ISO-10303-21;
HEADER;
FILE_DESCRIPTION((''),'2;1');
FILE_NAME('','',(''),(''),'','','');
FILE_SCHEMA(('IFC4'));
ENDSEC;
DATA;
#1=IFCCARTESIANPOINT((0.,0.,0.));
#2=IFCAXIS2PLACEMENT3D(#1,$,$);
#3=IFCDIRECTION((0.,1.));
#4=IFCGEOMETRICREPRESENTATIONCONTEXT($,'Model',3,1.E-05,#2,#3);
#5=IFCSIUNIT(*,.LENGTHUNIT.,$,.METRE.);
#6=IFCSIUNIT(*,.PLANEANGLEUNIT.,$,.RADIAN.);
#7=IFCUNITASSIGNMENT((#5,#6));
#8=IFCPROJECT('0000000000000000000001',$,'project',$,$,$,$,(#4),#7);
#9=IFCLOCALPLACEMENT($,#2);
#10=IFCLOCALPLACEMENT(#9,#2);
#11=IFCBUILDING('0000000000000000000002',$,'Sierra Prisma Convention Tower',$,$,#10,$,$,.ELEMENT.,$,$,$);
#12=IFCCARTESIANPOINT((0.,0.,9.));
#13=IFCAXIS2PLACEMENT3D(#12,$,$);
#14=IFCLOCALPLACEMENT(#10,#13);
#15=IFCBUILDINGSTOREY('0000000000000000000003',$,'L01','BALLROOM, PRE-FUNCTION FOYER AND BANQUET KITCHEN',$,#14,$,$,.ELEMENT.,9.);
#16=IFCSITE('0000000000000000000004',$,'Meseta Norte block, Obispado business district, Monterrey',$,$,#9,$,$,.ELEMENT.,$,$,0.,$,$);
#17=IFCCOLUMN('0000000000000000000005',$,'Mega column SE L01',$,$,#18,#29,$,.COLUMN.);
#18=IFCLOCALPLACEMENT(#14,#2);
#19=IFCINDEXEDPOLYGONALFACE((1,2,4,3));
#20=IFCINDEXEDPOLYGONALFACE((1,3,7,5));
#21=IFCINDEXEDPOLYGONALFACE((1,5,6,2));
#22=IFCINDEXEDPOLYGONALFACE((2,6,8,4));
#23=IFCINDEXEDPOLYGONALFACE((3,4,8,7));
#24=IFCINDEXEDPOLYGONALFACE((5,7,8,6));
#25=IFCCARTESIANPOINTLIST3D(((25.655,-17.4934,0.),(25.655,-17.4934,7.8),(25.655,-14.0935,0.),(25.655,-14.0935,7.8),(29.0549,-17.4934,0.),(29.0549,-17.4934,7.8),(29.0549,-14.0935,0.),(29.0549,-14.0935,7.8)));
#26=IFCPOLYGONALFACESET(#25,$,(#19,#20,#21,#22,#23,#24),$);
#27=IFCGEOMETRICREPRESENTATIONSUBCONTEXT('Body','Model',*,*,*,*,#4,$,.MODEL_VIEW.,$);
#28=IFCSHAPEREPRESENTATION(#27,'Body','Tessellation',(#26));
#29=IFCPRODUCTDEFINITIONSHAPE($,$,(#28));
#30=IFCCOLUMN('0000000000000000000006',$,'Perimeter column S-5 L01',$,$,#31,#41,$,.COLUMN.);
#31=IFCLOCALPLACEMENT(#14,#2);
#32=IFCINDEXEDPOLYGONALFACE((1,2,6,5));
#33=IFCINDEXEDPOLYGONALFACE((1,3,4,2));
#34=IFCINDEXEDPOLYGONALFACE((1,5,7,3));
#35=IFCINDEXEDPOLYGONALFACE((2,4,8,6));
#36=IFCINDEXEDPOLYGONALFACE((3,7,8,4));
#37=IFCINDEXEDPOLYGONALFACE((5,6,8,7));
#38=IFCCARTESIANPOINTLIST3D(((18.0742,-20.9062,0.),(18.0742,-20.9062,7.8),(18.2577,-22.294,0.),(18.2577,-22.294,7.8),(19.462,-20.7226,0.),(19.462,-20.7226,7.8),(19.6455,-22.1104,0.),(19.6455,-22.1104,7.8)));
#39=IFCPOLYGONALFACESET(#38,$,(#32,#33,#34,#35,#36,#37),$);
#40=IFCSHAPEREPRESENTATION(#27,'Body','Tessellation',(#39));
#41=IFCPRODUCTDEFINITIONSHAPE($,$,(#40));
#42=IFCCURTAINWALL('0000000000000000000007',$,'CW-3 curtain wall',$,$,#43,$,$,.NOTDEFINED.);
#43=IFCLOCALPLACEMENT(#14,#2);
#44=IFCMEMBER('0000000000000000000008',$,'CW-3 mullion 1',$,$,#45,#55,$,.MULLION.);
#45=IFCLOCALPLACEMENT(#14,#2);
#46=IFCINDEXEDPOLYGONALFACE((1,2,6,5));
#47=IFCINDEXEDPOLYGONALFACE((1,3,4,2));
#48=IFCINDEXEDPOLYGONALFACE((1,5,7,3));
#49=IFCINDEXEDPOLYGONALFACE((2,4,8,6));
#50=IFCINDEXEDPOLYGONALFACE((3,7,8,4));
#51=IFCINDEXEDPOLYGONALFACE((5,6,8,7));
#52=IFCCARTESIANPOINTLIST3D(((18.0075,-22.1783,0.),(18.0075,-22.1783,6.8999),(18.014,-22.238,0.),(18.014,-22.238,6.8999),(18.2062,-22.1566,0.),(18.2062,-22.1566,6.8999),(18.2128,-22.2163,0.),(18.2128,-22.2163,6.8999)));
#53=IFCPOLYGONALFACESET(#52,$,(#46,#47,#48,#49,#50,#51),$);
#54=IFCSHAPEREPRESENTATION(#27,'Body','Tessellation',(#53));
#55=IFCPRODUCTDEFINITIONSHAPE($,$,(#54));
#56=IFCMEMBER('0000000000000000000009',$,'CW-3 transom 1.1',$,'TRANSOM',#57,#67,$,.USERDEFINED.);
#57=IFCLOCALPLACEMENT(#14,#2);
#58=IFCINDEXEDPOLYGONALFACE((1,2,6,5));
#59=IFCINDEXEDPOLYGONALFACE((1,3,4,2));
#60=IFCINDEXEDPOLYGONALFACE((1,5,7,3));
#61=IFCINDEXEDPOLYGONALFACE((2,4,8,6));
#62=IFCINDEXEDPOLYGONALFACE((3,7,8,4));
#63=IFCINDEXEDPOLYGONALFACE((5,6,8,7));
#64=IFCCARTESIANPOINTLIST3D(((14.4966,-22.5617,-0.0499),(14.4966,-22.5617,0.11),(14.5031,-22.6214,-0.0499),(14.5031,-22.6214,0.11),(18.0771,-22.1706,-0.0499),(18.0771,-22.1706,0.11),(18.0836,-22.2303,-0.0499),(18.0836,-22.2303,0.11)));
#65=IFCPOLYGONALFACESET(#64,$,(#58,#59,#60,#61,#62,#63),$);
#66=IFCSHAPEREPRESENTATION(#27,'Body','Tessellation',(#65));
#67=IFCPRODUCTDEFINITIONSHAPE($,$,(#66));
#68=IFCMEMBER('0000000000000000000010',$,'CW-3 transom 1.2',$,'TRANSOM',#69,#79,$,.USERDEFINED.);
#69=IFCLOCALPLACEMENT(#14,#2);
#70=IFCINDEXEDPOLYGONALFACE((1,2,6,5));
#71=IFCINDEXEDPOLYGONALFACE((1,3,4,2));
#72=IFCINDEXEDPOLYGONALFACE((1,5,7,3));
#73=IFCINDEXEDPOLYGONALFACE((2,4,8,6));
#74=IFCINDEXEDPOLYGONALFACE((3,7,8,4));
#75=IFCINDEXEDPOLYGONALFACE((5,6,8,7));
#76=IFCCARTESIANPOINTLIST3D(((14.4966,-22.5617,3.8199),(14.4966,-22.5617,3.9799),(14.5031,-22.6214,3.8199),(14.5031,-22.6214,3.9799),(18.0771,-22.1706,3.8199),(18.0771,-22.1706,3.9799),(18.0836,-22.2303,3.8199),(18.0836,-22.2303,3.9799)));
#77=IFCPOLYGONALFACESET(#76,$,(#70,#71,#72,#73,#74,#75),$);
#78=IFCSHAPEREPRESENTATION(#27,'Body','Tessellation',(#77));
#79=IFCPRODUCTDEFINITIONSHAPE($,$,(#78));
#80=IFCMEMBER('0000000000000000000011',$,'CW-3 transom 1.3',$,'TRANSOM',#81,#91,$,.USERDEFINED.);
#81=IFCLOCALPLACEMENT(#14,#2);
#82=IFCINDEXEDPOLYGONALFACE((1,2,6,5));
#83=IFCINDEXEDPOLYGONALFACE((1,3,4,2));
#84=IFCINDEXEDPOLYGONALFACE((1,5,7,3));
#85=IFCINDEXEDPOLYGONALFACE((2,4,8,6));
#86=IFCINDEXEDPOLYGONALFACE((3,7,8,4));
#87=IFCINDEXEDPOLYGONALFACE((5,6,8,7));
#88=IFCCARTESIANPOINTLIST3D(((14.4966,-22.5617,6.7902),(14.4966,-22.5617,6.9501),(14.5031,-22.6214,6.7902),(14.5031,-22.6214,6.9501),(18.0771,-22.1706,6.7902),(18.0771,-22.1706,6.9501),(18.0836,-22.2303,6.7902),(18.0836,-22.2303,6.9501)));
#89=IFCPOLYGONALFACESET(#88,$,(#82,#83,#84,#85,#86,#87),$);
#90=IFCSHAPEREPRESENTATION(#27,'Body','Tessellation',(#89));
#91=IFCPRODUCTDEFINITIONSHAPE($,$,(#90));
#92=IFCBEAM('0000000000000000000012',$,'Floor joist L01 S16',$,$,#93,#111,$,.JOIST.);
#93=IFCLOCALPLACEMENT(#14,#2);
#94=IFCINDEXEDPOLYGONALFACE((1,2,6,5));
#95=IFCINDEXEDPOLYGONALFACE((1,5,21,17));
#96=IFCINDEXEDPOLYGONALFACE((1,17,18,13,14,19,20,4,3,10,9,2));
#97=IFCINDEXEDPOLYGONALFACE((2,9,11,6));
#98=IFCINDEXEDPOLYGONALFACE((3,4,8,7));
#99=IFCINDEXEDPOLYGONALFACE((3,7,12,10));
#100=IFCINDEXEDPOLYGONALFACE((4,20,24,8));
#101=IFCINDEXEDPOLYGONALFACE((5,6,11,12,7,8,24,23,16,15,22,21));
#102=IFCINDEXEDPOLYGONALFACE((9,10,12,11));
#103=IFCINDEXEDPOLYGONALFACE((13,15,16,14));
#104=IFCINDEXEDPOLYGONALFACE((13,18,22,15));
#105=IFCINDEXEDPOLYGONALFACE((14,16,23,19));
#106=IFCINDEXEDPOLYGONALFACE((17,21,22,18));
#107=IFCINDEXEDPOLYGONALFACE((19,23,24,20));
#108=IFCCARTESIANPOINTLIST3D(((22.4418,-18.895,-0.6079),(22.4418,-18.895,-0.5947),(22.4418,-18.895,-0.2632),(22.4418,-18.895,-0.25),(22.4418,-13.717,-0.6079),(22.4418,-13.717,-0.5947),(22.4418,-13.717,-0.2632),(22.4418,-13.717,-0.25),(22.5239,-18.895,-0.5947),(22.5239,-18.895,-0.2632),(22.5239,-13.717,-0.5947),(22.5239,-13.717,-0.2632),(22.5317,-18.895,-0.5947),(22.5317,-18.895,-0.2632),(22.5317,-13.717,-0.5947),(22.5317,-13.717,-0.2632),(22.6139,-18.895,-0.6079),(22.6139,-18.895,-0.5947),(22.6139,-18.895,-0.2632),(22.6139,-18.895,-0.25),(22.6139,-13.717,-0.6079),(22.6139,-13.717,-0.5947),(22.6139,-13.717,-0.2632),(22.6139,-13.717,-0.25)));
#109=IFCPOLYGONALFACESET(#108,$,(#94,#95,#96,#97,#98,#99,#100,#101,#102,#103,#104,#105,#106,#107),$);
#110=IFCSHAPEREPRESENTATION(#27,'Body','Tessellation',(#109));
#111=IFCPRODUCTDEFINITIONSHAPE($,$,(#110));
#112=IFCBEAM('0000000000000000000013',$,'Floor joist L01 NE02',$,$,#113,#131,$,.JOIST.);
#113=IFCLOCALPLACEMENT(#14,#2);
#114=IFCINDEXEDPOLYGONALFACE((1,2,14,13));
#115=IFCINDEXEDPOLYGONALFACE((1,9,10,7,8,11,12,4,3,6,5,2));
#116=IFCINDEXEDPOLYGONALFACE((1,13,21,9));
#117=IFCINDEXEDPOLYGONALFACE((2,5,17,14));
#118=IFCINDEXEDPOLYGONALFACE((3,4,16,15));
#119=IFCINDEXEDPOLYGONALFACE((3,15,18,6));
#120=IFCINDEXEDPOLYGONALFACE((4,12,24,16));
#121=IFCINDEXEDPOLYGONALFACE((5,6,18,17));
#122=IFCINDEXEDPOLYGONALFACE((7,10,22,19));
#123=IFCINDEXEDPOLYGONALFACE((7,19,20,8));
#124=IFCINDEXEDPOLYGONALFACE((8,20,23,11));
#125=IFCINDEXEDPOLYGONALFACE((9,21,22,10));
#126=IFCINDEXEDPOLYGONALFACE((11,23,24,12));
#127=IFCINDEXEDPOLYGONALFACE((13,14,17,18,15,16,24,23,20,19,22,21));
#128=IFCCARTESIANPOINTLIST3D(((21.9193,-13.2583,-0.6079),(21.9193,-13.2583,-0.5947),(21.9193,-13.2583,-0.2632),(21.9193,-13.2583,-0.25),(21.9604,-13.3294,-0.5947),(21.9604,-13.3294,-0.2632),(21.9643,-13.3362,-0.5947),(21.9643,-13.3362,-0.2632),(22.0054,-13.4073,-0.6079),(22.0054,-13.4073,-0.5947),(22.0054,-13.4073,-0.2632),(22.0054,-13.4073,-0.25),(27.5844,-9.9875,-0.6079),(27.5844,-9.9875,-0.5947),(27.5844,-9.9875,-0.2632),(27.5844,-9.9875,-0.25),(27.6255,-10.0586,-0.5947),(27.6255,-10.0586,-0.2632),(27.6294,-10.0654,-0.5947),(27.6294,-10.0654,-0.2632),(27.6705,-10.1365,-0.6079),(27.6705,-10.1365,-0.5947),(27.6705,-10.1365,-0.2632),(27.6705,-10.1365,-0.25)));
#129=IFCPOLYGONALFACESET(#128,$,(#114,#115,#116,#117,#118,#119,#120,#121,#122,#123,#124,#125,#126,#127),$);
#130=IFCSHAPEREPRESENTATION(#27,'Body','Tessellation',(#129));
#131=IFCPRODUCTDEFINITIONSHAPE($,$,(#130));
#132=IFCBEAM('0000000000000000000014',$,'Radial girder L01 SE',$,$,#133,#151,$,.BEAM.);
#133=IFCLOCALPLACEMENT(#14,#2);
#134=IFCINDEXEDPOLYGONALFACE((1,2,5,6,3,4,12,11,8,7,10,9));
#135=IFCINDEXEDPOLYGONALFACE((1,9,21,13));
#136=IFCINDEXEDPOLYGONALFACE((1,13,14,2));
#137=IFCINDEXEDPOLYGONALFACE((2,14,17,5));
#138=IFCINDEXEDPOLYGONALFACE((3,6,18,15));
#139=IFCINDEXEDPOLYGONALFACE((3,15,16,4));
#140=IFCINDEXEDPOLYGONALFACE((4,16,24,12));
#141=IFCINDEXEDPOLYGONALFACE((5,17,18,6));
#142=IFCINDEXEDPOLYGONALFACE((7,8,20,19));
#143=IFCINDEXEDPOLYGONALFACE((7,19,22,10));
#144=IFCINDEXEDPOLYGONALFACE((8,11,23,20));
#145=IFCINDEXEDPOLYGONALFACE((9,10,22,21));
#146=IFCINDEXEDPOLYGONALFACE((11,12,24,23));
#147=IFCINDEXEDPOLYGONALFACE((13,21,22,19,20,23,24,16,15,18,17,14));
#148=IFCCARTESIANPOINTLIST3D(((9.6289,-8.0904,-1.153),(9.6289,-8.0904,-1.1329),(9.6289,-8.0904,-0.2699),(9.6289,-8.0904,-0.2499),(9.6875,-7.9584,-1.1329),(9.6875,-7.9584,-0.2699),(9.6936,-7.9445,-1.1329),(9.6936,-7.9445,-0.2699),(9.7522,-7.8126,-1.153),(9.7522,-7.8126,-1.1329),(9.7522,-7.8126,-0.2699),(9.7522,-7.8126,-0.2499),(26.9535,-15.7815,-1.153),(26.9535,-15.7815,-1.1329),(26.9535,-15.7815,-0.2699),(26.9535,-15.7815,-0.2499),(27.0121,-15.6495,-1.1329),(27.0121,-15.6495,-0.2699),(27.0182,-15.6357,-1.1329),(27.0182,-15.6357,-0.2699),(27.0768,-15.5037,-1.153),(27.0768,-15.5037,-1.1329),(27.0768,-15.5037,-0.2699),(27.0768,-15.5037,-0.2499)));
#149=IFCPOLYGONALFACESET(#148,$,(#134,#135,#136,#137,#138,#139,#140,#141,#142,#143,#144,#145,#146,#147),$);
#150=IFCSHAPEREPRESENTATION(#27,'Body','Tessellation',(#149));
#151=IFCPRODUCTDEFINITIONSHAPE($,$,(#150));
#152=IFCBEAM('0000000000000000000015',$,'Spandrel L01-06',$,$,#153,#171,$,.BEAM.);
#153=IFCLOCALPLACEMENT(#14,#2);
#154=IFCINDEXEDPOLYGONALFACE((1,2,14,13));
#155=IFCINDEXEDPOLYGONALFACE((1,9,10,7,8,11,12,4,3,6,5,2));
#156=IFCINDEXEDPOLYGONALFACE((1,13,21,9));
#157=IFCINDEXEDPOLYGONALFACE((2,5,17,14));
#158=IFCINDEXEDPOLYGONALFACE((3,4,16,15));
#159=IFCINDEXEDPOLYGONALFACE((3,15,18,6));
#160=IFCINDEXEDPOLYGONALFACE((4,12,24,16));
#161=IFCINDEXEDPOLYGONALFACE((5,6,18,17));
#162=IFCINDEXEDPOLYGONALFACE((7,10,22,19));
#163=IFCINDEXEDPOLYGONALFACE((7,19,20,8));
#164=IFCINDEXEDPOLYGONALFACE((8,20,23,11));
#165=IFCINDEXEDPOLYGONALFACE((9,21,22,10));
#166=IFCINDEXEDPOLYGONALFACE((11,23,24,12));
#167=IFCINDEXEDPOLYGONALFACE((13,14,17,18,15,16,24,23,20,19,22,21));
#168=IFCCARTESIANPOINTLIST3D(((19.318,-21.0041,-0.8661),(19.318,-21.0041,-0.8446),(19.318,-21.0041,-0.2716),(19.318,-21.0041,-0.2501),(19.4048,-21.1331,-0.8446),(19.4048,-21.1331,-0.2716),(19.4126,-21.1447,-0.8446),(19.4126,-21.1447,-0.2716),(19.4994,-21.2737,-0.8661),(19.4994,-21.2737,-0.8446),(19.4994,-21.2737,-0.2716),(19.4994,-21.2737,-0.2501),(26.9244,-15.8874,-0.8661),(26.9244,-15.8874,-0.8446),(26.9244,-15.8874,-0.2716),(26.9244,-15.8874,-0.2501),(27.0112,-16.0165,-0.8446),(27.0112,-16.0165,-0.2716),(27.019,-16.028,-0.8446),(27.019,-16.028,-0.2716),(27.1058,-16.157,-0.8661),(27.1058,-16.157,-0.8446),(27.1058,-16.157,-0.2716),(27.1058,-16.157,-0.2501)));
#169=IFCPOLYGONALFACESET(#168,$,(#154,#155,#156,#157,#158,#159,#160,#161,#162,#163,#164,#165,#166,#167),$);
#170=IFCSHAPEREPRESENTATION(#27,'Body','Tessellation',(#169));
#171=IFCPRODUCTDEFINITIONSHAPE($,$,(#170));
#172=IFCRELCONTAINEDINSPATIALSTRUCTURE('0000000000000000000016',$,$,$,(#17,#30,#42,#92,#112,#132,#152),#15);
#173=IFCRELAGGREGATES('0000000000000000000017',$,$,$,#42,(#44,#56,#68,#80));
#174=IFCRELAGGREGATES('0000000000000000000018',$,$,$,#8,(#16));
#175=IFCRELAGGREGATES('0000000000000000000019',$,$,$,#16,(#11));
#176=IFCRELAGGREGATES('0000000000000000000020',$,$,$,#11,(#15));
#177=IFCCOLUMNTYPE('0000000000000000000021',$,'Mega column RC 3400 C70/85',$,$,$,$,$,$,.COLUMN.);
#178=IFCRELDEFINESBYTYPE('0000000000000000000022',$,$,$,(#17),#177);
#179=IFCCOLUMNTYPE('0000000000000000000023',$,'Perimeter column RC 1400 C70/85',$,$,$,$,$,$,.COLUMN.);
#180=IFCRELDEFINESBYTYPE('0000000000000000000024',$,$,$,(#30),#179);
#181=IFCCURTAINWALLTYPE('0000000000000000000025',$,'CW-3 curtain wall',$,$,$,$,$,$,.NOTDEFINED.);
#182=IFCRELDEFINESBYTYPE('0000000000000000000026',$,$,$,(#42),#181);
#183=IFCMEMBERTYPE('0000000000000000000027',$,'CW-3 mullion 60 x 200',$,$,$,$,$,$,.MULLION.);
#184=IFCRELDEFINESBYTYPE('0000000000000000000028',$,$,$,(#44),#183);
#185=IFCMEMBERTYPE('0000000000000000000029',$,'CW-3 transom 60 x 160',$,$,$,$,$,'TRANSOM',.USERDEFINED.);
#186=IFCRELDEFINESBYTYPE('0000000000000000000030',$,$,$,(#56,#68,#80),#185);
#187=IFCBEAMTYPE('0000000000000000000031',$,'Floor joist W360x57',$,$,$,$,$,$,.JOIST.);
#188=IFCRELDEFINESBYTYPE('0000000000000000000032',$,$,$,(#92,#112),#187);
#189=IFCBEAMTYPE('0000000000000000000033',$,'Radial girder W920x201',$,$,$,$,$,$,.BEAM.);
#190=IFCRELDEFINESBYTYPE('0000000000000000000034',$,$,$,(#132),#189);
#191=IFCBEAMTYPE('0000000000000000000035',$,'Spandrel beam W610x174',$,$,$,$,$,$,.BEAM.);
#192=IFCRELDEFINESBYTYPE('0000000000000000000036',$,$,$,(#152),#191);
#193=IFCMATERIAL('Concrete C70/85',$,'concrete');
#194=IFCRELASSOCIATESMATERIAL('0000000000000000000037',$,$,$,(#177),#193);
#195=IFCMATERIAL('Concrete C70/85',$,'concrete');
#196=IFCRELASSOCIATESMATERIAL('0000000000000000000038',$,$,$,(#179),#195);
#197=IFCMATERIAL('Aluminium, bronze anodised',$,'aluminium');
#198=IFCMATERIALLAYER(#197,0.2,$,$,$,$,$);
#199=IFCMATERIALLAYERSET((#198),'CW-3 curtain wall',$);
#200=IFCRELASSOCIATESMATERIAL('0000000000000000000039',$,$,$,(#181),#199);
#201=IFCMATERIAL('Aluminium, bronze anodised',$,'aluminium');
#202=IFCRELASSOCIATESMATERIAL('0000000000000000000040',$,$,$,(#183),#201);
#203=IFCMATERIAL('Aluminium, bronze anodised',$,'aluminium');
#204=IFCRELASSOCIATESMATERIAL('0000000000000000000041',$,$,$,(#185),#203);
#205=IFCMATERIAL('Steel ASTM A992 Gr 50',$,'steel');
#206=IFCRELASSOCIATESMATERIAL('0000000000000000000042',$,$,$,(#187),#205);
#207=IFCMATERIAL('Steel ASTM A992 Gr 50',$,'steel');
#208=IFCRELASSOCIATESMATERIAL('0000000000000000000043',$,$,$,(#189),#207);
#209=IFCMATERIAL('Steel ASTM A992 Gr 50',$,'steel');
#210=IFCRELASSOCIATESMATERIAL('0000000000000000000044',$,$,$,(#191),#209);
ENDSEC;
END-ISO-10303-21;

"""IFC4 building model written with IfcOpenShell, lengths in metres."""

from ifc_helpers import new_model, si_unit, direction, frame, origin, origin_2d, place, context, subcontext, project, spatial, rectangle, i_section, extrude, material, layer, layer_set, material_profile, profile_set, type_object, element, aggregate, save


model = new_model("IFC4")

# Units and contexts
model_context = context("Model", 3, precision=1e-05, world=origin(), true_north=direction((0.0, 1.0)))
body_context = subcontext(model_context, "Body", "Model", "MODEL_VIEW")
ifc_project = project(units=[si_unit("LENGTHUNIT", "METRE"), si_unit("PLANEANGLEUNIT", "RADIAN")], contexts=[model_context])

# Site, building, storey
site_placement = place(None, origin())
site = spatial("IfcSite", under=ifc_project, at=site_placement, Name="Meseta Norte block, Obispado business district, Monterrey", CompositionType="ELEMENT", RefElevation=0.0)
building_placement = place(site_placement, origin())
building = spatial("IfcBuilding", under=site, at=building_placement, Name="Sierra Prisma Convention Tower", CompositionType="ELEMENT")
storey_placement = place(building_placement, frame((0.0, 0.0, 9.0)))
storey = spatial("IfcBuildingStorey", under=building, at=storey_placement, Name="L01", Description="BALLROOM, PRE-FUNCTION FOYER AND BANQUET KITCHEN", CompositionType="ELEMENT", Elevation=9.0)

# Columns
ifc_material_1 = material(Name="Concrete C70/85", Category="concrete")
ifc_material_profile_1 = material_profile(ifc_material_1, rectangle(XDim=3.3999, YDim=3.3999, at=origin_2d()), Name="Mega column RC 3400 C70/85")
ifc_profile_set_1 = profile_set([ifc_material_profile_1], Name="Concrete C70/85")
column_type_1 = type_object("IfcColumnType", Name="Mega column RC 3400 C70/85", PredefinedType="COLUMN", material=ifc_profile_set_1)
column_1_placement = place(storey_placement, frame((27.355, -15.7935, 0.0), z_axis=(0.0, 0.0, 1.0), x_axis=(1.0, 0.0, 0.0)))
element("IfcColumn", 1, at=column_1_placement, inside=storey, type_object=column_type_1, Name="Mega column SE L01", PredefinedType="COLUMN", context=body_context, shape_type="SweptSolid", body=[
    extrude(rectangle(XDim=3.3999, YDim=3.3999, at=origin_2d()), origin(), (0.0, 0.0, 1.0), 7.8),
])
ifc_material_2 = material(Name="Concrete C70/85", Category="concrete")
ifc_material_profile_2 = material_profile(ifc_material_2, rectangle(XDim=1.3999, YDim=1.3999, at=origin_2d()), Name="Perimeter column RC 1400 C70/85")
ifc_profile_set_2 = profile_set([ifc_material_profile_2], Name="Concrete C70/85")
column_type_2 = type_object("IfcColumnType", Name="Perimeter column RC 1400 C70/85", PredefinedType="COLUMN", material=ifc_profile_set_2)
column_2_placement = place(storey_placement, frame((18.8599, -21.5083, 0.0), z_axis=(0.0, 0.0, 1.0), x_axis=(0.991367, 0.131115, 0.0)))
element("IfcColumn", 2, at=column_2_placement, inside=storey, type_object=column_type_2, Name="Perimeter column S-5 L01", PredefinedType="COLUMN", context=body_context, shape_type="SweptSolid", body=[
    extrude(rectangle(XDim=1.3999, YDim=1.3999, at=origin_2d()), origin(), (0.0, 0.0, 1.0), 7.8),
])

# Curtain wall, members
ifc_material_3 = material(Name="Aluminium, bronze anodised", Category="aluminium")
ifc_layer_1 = layer(ifc_material_3, 0.2)
ifc_layer_set_1 = layer_set([ifc_layer_1], Name="CW-3 curtain wall")
curtain_wall_type = type_object("IfcCurtainWallType", Name="CW-3 curtain wall", PredefinedType="NOTDEFINED", material=ifc_layer_set_1)
curtain_wall_placement = place(storey_placement, origin())
curtain_wall = element("IfcCurtainWall", 3, at=curtain_wall_placement, inside=storey, type_object=curtain_wall_type, Name="CW-3 curtain wall", PredefinedType="NOTDEFINED")
ifc_material_4 = material(Name="Aluminium, bronze anodised", Category="aluminium")
ifc_material_profile_3 = material_profile(ifc_material_4, rectangle(XDim=0.0601, YDim=0.2, at=origin_2d()), Name="CW-3 mullion 60 x 200")
ifc_profile_set_3 = profile_set([ifc_material_profile_3], Name="Aluminium, bronze anodised")
member_type_1 = type_object("IfcMemberType", Name="CW-3 mullion 60 x 200", PredefinedType="MULLION", material=ifc_profile_set_3)
member_1_placement = place(storey_placement, frame((18.1101, -22.1973, 0.0), z_axis=(0.0, 0.0, 1.0), x_axis=(0.108607, -0.994085, 0.0)))
member_1 = element("IfcMember", 4, at=member_1_placement, type_object=member_type_1, Name="CW-3 mullion 1", PredefinedType="MULLION", context=body_context, shape_type="SweptSolid", body=[
    extrude(rectangle(XDim=0.0601, YDim=0.2, at=origin_2d()), origin(), (0.0, 0.0, 1.0), 6.8999),
])
ifc_material_5 = material(Name="Aluminium, bronze anodised", Category="aluminium")
ifc_material_profile_4 = material_profile(ifc_material_5, rectangle(XDim=0.0601, YDim=0.1599, at=origin_2d()), Name="CW-3 transom 60 x 160")
ifc_profile_set_4 = profile_set([ifc_material_profile_4], Name="Aluminium, bronze anodised")
member_type_2 = type_object("IfcMemberType", Name="CW-3 transom 60 x 160", ElementType="TRANSOM", PredefinedType="USERDEFINED", material=ifc_profile_set_4)
member_2_placement = place(storey_placement, frame((18.0803, -22.2004, 0.03), z_axis=(-0.994087, -0.108586, 0.0), x_axis=(0.108586, -0.994087, 0.0)))
member_2 = element("IfcMember", 5, at=member_2_placement, type_object=member_type_2, Name="CW-3 transom 1.1", ObjectType="TRANSOM", PredefinedType="USERDEFINED", context=body_context, shape_type="SweptSolid", body=[
    extrude(rectangle(XDim=0.0601, YDim=0.1599, at=origin_2d()), origin(), (0.0, 0.0, 1.0), 3.6018),
])
member_3_placement = place(storey_placement, frame((18.0803, -22.2004, 3.8999), z_axis=(-0.994087, -0.108586, 0.0), x_axis=(0.108586, -0.994087, 0.0)))
member_3 = element("IfcMember", 6, at=member_3_placement, type_object=member_type_2, Name="CW-3 transom 1.2", ObjectType="TRANSOM", PredefinedType="USERDEFINED", context=body_context, shape_type="SweptSolid", body=[
    extrude(rectangle(XDim=0.0601, YDim=0.1599, at=origin_2d()), origin(), (0.0, 0.0, 1.0), 3.6018),
])
member_4_placement = place(storey_placement, frame((18.0803, -22.2004, 6.8701), z_axis=(-0.994087, -0.108586, 0.0), x_axis=(0.108586, -0.994087, 0.0)))
member_4 = element("IfcMember", 7, at=member_4_placement, type_object=member_type_2, Name="CW-3 transom 1.3", ObjectType="TRANSOM", PredefinedType="USERDEFINED", context=body_context, shape_type="SweptSolid", body=[
    extrude(rectangle(XDim=0.0601, YDim=0.1599, at=origin_2d()), origin(), (0.0, 0.0, 1.0), 3.6018),
])
aggregate(curtain_wall, [member_1, member_2, member_3, member_4])

# Beams
ifc_material_6 = material(Name="Steel ASTM A992 Gr 50", Category="steel")
ifc_material_profile_5 = material_profile(ifc_material_6, i_section(OverallWidth=0.1721, OverallDepth=0.3579, WebThickness=0.0078, FlangeThickness=0.0132, at=origin_2d()), Name="W360x57")
ifc_profile_set_5 = profile_set([ifc_material_profile_5], Name="Steel ASTM A992 Gr 50")
beam_type_1 = type_object("IfcBeamType", Name="Floor joist W360x57", PredefinedType="JOIST", material=ifc_profile_set_5)
beam_1_placement = place(storey_placement, frame((22.5278, -18.895, -0.429), z_axis=(0.0, 1.0, 0.0), x_axis=(-1.0, 0.0, 0.0)))
element("IfcBeam", 8, at=beam_1_placement, inside=storey, type_object=beam_type_1, Name="Floor joist L01 S16", PredefinedType="JOIST", context=body_context, shape_type="SweptSolid", body=[
    extrude(i_section(OverallWidth=0.1721, OverallDepth=0.3579, WebThickness=0.0078, FlangeThickness=0.0132, at=origin_2d()), origin(), (0.0, 0.0, 1.0), 5.178),
])
beam_2_placement = place(storey_placement, frame((27.6274, -10.062, -0.429), z_axis=(-0.866023, -0.500005, 0.0), x_axis=(0.500005, -0.866023, 0.0)))
element("IfcBeam", 9, at=beam_2_placement, inside=storey, type_object=beam_type_1, Name="Floor joist L01 NE02", PredefinedType="JOIST", context=body_context, shape_type="SweptSolid", body=[
    extrude(i_section(OverallWidth=0.1721, OverallDepth=0.3579, WebThickness=0.0078, FlangeThickness=0.0132, at=origin_2d()), origin(), (0.0, 0.0, 1.0), 6.5415),
])
ifc_material_7 = material(Name="Steel ASTM A992 Gr 50", Category="steel")
ifc_material_profile_6 = material_profile(ifc_material_7, i_section(OverallWidth=0.304, OverallDepth=0.9031, WebThickness=0.0151, FlangeThickness=0.02, at=origin_2d()), Name="W920x201")
ifc_profile_set_6 = profile_set([ifc_material_profile_6], Name="Steel ASTM A992 Gr 50")
beam_type_2 = type_object("IfcBeamType", Name="Radial girder W920x201", PredefinedType="BEAM", material=ifc_profile_set_6)
beam_3_placement = place(storey_placement, frame((27.0151, -15.6426, -0.7014), z_axis=(-0.913982, 0.405755, 0.0), x_axis=(-0.405755, -0.913982, 0.0)))
element("IfcBeam", 10, at=beam_3_placement, inside=storey, type_object=beam_type_2, Name="Radial girder L01 SE", PredefinedType="BEAM", context=body_context, shape_type="SweptSolid", body=[
    extrude(i_section(OverallWidth=0.304, OverallDepth=0.9031, WebThickness=0.0151, FlangeThickness=0.02, at=origin_2d()), origin(), (0.0, 0.0, 1.0), 18.9551),
])
ifc_material_8 = material(Name="Steel ASTM A992 Gr 50", Category="steel")
ifc_material_profile_7 = material_profile(ifc_material_8, i_section(OverallWidth=0.325, OverallDepth=0.616, WebThickness=0.0139, FlangeThickness=0.0215, at=origin_2d()), Name="W610x174")
ifc_profile_set_7 = profile_set([ifc_material_profile_7], Name="Steel ASTM A992 Gr 50")
beam_type_3 = type_object("IfcBeamType", Name="Spandrel beam W610x174", PredefinedType="BEAM", material=ifc_profile_set_7)
beam_4_placement = place(storey_placement, frame((19.4087, -21.1389, -0.5581), z_axis=(0.82974, 0.558149, 0.0), x_axis=(-0.558149, 0.82974, 0.0)))
element("IfcBeam", 11, at=beam_4_placement, inside=storey, type_object=beam_type_3, Name="Spandrel L01-06", PredefinedType="BEAM", context=body_context, shape_type="SweptSolid", body=[
    extrude(i_section(OverallWidth=0.325, OverallDepth=0.616, WebThickness=0.0139, FlangeThickness=0.0215, at=origin_2d()), origin(), (0.0, 0.0, 1.0), 9.1672),
])

save(model, "model.ifc")
